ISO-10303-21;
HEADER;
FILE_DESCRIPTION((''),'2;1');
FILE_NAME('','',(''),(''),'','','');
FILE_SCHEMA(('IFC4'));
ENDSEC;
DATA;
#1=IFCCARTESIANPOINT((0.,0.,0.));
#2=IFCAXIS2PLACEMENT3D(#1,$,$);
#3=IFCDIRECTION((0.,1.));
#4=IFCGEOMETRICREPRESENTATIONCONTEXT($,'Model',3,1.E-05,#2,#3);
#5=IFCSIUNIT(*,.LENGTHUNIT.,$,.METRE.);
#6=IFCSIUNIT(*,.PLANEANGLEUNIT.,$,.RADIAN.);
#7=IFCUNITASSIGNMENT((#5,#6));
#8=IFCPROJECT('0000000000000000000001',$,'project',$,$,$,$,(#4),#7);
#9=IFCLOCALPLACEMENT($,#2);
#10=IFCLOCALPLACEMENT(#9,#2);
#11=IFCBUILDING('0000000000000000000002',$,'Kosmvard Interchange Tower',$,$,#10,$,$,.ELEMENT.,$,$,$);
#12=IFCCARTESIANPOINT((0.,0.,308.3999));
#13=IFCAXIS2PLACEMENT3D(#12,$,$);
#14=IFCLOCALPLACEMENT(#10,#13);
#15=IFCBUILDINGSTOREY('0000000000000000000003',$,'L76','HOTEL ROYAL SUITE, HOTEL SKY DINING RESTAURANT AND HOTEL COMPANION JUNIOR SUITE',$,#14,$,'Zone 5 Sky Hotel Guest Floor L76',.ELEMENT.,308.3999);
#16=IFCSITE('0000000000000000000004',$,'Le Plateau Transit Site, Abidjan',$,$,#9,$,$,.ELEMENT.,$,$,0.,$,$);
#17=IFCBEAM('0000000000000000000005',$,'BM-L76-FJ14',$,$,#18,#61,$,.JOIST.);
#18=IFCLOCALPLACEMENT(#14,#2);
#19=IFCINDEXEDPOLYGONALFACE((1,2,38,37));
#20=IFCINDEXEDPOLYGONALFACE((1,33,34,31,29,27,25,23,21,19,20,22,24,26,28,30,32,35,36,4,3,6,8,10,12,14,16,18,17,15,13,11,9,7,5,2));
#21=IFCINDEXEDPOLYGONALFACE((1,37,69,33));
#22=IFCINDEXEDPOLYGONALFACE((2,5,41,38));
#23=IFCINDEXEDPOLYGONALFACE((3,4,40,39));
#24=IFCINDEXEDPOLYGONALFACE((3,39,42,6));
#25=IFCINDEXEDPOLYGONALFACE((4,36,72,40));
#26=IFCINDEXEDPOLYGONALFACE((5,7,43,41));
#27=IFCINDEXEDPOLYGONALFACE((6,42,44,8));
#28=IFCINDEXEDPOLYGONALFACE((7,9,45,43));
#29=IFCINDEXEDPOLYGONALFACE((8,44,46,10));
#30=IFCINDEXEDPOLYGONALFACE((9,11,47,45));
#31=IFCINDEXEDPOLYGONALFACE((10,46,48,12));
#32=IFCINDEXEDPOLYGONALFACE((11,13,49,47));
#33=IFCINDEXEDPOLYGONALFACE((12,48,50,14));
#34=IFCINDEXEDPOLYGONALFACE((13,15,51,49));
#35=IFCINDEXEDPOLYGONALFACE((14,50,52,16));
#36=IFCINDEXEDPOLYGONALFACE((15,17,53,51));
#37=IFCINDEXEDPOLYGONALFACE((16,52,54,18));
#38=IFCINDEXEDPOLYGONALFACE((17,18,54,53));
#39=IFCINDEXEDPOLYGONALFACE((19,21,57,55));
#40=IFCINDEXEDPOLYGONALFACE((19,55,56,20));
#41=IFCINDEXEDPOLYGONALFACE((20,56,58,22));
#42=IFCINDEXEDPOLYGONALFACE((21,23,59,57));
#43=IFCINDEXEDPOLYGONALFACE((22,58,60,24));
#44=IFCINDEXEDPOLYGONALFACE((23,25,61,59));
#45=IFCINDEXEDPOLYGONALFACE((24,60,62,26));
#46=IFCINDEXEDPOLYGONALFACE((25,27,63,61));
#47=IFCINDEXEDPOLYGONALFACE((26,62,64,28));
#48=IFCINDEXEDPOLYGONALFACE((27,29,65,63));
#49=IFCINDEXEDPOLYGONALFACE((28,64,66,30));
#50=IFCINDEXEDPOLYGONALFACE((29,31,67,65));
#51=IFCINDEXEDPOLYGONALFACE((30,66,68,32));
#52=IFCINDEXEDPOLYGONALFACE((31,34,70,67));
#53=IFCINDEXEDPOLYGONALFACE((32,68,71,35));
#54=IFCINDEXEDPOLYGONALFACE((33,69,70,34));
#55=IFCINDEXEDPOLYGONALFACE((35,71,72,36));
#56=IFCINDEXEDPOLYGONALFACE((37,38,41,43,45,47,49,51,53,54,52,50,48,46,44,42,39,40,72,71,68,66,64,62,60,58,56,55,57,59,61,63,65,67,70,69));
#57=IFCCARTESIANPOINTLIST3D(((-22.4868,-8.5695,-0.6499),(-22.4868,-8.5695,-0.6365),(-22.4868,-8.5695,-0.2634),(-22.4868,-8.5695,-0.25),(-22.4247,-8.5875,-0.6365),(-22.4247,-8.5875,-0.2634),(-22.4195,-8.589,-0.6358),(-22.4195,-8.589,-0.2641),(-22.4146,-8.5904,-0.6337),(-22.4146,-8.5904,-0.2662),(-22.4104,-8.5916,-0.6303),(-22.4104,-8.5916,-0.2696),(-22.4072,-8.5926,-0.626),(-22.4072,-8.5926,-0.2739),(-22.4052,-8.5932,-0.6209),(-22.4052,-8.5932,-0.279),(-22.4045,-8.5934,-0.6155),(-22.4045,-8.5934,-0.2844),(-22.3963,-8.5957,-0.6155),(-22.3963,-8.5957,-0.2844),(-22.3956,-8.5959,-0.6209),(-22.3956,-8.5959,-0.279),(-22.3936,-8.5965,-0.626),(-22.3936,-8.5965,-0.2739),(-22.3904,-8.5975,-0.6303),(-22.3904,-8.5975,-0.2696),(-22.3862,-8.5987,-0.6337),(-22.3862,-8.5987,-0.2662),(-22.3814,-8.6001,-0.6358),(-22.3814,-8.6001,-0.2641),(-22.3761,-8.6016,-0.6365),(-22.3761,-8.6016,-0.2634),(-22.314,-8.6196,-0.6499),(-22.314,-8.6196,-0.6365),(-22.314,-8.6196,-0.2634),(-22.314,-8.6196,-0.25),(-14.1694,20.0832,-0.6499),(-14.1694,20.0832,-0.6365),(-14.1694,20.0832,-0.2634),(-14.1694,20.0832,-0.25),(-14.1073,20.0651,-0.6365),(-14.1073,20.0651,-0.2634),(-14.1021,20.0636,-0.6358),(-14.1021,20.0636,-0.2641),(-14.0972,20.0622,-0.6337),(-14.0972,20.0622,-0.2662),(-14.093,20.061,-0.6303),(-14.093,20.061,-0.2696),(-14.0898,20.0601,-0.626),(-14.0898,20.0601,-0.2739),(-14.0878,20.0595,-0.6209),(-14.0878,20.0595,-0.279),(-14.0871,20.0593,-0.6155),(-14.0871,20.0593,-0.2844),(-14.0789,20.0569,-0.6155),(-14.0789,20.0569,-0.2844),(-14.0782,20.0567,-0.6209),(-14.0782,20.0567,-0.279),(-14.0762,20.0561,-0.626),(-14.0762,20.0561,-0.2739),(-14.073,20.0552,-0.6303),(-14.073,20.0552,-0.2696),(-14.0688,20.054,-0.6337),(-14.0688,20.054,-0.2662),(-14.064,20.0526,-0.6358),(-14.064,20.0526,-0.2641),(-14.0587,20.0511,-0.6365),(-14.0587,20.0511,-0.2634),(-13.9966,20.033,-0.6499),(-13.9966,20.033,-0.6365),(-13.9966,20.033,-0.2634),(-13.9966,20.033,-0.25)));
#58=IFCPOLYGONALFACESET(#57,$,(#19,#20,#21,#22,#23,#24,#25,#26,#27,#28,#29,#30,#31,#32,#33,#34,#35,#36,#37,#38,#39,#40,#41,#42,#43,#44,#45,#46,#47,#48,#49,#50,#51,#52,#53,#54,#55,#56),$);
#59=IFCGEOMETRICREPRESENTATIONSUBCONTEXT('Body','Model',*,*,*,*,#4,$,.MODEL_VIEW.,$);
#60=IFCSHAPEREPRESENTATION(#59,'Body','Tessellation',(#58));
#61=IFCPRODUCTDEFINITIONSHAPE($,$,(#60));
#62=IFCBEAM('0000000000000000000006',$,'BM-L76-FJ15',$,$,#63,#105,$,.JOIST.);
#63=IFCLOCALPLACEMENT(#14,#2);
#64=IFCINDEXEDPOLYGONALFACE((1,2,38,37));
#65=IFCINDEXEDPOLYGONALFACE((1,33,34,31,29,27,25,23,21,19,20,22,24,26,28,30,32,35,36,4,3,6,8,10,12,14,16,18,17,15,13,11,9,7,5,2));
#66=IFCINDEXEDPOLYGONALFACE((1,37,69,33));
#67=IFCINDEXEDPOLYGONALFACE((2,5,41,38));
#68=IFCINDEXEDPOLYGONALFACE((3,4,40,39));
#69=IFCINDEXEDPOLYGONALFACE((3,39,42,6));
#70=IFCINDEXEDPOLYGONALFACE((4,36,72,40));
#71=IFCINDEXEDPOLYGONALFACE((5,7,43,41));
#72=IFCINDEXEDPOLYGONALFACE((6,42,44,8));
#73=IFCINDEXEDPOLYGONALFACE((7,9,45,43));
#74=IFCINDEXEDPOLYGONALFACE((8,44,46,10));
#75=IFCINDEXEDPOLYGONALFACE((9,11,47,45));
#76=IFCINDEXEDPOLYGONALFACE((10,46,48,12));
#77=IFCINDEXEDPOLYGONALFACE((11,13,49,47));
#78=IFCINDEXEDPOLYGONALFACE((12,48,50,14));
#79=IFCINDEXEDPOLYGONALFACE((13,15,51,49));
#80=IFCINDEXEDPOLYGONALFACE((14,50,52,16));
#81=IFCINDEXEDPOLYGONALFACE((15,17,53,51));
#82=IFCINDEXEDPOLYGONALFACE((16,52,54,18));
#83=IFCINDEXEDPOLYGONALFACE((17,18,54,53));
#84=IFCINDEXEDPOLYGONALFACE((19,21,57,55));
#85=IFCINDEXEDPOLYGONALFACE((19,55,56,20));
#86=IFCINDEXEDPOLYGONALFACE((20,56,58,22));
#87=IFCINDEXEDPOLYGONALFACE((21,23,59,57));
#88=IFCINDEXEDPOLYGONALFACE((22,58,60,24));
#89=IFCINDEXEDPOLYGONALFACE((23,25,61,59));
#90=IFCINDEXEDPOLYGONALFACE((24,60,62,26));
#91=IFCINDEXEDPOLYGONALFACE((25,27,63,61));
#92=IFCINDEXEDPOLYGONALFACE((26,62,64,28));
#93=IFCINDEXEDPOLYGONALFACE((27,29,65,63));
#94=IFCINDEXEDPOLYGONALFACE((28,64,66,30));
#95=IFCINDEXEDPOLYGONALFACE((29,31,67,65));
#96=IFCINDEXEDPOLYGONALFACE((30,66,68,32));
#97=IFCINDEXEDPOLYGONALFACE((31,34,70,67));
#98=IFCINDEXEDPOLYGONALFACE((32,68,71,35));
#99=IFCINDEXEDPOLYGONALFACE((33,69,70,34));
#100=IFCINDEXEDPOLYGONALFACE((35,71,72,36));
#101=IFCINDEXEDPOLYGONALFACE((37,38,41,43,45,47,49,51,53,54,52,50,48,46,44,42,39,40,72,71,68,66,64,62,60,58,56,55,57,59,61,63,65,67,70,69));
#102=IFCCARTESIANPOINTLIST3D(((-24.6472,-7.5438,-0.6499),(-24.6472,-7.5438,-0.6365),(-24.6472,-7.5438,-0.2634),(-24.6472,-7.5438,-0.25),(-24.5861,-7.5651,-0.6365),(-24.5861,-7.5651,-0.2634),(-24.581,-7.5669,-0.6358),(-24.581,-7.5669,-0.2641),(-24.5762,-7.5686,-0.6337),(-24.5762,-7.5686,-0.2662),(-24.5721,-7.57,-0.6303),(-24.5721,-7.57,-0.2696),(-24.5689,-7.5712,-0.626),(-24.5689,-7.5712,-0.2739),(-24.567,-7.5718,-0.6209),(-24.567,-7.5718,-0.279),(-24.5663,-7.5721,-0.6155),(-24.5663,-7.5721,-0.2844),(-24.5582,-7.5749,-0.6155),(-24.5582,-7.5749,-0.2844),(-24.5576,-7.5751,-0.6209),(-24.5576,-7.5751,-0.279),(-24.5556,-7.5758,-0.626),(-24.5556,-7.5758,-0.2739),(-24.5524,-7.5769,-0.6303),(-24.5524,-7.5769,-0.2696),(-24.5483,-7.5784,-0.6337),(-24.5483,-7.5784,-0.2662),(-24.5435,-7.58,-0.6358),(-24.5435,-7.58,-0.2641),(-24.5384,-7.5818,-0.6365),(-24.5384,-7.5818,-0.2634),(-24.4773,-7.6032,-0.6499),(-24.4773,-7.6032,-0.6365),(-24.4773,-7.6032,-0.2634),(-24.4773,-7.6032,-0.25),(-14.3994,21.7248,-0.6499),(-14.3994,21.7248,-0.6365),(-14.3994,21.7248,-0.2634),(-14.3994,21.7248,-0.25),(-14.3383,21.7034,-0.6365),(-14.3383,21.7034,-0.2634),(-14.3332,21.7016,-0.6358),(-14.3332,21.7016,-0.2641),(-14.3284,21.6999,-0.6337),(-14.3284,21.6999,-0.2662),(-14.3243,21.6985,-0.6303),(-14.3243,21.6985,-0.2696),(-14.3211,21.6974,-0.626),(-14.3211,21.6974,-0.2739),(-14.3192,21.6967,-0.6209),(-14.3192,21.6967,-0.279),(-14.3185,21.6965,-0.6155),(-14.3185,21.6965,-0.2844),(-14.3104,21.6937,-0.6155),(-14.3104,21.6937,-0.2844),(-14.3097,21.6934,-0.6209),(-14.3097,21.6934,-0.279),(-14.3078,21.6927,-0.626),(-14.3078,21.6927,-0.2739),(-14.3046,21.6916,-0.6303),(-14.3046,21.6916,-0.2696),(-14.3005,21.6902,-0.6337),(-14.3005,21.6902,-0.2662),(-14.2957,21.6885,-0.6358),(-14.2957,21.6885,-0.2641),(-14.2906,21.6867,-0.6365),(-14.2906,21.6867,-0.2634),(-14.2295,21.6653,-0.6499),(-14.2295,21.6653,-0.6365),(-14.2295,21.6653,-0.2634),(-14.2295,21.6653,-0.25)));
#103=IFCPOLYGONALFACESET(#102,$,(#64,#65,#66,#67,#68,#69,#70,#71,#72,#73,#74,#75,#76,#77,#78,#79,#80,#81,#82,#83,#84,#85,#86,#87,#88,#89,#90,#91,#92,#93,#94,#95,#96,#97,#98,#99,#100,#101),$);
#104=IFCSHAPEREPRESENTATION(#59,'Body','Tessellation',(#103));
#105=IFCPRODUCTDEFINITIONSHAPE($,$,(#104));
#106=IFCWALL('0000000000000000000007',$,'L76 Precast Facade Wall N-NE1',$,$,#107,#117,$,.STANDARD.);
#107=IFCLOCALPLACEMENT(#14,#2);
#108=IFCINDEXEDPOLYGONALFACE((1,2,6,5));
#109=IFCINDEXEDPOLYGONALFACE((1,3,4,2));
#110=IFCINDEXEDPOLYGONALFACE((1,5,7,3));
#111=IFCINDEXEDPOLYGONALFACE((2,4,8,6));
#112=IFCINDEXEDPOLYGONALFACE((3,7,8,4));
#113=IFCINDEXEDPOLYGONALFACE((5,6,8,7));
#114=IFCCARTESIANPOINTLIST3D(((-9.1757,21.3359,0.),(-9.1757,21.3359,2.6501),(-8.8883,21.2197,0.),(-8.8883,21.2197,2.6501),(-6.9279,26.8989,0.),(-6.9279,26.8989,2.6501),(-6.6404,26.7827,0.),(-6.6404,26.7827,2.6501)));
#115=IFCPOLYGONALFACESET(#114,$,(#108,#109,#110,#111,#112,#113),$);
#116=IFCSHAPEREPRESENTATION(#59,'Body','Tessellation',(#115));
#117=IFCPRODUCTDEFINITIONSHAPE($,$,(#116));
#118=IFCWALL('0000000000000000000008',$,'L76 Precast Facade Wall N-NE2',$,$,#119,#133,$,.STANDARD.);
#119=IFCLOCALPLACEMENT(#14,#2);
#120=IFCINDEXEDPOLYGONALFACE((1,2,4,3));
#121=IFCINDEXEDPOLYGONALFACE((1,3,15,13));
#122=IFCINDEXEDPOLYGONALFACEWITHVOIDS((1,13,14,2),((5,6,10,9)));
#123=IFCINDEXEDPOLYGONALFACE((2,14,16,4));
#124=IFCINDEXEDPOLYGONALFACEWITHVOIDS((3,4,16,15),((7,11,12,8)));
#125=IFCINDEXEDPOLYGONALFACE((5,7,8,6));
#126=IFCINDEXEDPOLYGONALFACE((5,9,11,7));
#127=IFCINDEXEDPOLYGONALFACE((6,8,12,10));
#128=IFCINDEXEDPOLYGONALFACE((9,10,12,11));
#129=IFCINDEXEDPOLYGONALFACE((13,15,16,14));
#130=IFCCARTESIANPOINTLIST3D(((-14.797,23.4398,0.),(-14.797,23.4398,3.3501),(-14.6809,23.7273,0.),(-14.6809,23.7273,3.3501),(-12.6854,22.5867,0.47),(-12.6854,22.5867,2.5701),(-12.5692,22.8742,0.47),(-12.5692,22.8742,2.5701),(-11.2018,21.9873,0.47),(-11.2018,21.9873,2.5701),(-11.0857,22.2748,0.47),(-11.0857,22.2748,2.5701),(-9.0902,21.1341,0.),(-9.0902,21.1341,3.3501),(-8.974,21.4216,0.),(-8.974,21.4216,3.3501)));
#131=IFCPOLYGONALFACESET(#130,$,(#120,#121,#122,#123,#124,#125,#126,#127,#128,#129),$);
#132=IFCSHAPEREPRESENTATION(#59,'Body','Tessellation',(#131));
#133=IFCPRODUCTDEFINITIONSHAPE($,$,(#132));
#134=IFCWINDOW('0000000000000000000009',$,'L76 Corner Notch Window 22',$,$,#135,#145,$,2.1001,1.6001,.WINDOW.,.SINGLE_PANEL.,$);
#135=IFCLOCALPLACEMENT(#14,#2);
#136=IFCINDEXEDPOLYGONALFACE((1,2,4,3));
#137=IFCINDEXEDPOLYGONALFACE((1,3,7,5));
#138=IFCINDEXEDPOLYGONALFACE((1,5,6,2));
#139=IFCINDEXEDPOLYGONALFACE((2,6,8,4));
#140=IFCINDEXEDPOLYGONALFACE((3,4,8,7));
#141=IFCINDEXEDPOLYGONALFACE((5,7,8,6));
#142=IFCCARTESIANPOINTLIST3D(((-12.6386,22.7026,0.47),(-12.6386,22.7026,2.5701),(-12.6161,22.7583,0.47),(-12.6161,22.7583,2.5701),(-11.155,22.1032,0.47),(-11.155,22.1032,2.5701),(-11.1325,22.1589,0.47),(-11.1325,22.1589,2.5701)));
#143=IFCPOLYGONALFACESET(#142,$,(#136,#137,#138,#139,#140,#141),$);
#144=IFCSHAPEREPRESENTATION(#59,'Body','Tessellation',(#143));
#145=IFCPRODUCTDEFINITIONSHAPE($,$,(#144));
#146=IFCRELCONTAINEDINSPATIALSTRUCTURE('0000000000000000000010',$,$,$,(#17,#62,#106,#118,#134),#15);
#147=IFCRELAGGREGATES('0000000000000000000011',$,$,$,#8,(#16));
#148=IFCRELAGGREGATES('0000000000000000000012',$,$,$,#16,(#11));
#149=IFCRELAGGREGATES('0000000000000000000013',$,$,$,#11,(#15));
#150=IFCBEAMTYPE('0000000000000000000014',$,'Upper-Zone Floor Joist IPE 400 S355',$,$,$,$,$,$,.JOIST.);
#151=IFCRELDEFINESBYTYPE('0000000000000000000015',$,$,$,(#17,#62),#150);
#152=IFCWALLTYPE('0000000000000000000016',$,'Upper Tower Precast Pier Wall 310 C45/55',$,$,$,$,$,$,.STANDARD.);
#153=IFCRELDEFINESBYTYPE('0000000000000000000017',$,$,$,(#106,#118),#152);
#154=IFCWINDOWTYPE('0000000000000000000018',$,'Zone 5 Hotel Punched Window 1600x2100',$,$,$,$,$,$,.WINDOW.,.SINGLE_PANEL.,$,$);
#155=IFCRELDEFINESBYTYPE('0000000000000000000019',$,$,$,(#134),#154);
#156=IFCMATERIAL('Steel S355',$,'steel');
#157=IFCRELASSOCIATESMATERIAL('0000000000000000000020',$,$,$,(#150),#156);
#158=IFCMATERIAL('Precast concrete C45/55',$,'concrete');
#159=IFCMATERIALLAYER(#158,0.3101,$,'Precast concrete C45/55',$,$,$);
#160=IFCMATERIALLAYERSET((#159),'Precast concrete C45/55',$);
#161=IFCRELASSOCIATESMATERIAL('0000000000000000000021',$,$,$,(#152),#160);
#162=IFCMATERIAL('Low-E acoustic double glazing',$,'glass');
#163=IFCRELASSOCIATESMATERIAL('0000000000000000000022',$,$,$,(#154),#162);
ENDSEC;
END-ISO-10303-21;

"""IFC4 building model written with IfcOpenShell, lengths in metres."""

from ifc_helpers import new_model, si_unit, direction, frame, frame_2d, origin, origin_2d, place, context, subcontext, project, spatial, rectangle, i_section, extrude, source, transform, mapped, material, layer, layer_set, material_profile, profile_set, type_object, element, fill, save


model = new_model("IFC4")

# Units and contexts
model_context = context("Model", 3, precision=1e-05, world=origin(), true_north=direction((0.0, 1.0)))
body_context = subcontext(model_context, "Body", "Model", "MODEL_VIEW")
ifc_project = project(units=[si_unit("LENGTHUNIT", "METRE"), si_unit("PLANEANGLEUNIT", "RADIAN")], contexts=[model_context])

# Site, building, storey
site_placement = place(None, origin())
site = spatial("IfcSite", under=ifc_project, at=site_placement, Name="Le Plateau Transit Site, Abidjan", CompositionType="ELEMENT", RefElevation=0.0)
building_placement = place(site_placement, origin())
building = spatial("IfcBuilding", under=site, at=building_placement, Name="Kosmvard Interchange Tower", CompositionType="ELEMENT")
storey_placement = place(building_placement, frame((0.0, 0.0, 308.3999)))
storey = spatial("IfcBuildingStorey", under=building, at=storey_placement, Name="L76", Description="HOTEL ROYAL SUITE, HOTEL SKY DINING RESTAURANT AND HOTEL COMPANION JUNIOR SUITE", LongName="Zone 5 Sky Hotel Guest Floor L76", CompositionType="ELEMENT", Elevation=308.3999)

# Beams
ifc_material_1 = material(Name="Steel S355", Category="steel")
ifc_material_2 = material(Name="Precast concrete C45/55", Category="concrete")
ifc_material_profile_1 = material_profile(ifc_material_1, i_section(OverallWidth=0.1799, OverallDepth=0.3999, WebThickness=0.0085, FlangeThickness=0.0134, FilletRadius=0.021, at=origin_2d()), Name="IPE 400")
ifc_profile_set_1 = profile_set([ifc_material_profile_1], Name="Steel S355")
beam_type_1 = type_object("IfcBeamType", Name="Upper-Zone Floor Joist IPE 400 S355", PredefinedType="JOIST", material=ifc_profile_set_1)
shared_shape_1 = source(origin(), body_context, "Body", "SweptSolid", [
    extrude(i_section(OverallWidth=0.1799, OverallDepth=0.3999, WebThickness=0.0085, FlangeThickness=0.0134, FilletRadius=0.021, at=origin_2d()), origin(), (0.0, 0.0, 1.0), 29.8354),
])
beam_1_placement = place(storey_placement, frame((-14.083, 20.0581, -0.45), z_axis=(-0.278776, -0.960356, 0.0), x_axis=(0.960356, -0.278776, 0.0)))
element("IfcBeam", 1, at=beam_1_placement, inside=storey, type_object=beam_type_1, Name="BM-L76-FJ14", PredefinedType="JOIST", context=body_context, shape_type="MappedRepresentation", body=[
    mapped(shared_shape_1, transform((0.0, 0.0, 0.0), scale=1.0)),
])
shared_shape_2 = source(origin(), body_context, "Body", "SweptSolid", [
    extrude(i_section(OverallWidth=0.1799, OverallDepth=0.3999, WebThickness=0.0085, FlangeThickness=0.0134, FilletRadius=0.021, at=origin_2d()), origin(), (0.0, 0.0, 1.0), 31.0107),
])
beam_2_placement = place(storey_placement, frame((-14.3145, 21.6951, -0.45), z_axis=(-0.33046, -0.94382, 0.0), x_axis=(0.94382, -0.33046, 0.0)))
element("IfcBeam", 2, at=beam_2_placement, inside=storey, type_object=beam_type_1, Name="BM-L76-FJ15", PredefinedType="JOIST", context=body_context, shape_type="MappedRepresentation", body=[
    mapped(shared_shape_2, transform((0.0, 0.0, 0.0), scale=1.0)),
])

# Wall
ifc_layer_1 = layer(ifc_material_2, 0.3101, Name="Precast concrete C45/55")
ifc_layer_set_1 = layer_set([ifc_layer_1], Name="Precast concrete C45/55")
wall_type = type_object("IfcWallType", Name="Upper Tower Precast Pier Wall 310 C45/55", PredefinedType="STANDARD", material=ifc_layer_set_1)
wall_1_placement = place(storey_placement, frame((-6.7842, 26.8408, 0.0), z_axis=(0.0, 0.0, 1.0), x_axis=(-0.374637, -0.927172, 0.0)))
element("IfcWall", 3, at=wall_1_placement, inside=storey, type_object=wall_type, Name="L76 Precast Facade Wall N-NE1", PredefinedType="STANDARD", context=body_context, shape_type="SweptSolid", body=[
    extrude(rectangle(XDim=6.0, YDim=0.3101, at=frame_2d((3.0, 0.0))), origin(), (0.0, 0.0, 1.0), 2.6501),
])

# Wall, opening, window
wall_2_placement = place(storey_placement, frame((-9.032, 21.2778, 0.0), z_axis=(0.0, 0.0, 1.0), x_axis=(-0.927185, 0.374603, 0.0)))
wall_2 = element("IfcWall", 4, at=wall_2_placement, inside=storey, type_object=wall_type, Name="L76 Precast Facade Wall N-NE2", PredefinedType="STANDARD", context=body_context, shape_type="SweptSolid", body=[
    extrude(rectangle(XDim=6.155, YDim=0.3101, at=frame_2d((3.0776, 0.0))), origin(), (0.0, 0.0, 1.0), 3.3501),
])
opening_1_placement = place(wall_2_placement, frame((2.2776, 0.0, 0.47)))
opening_1 = element("IfcOpeningElement", 5, at=opening_1_placement, cuts=wall_2, PredefinedType="OPENING", context=body_context, shape_type="SweptSolid", body=[
    extrude(rectangle(XDim=1.6001, YDim=2.1001, at=frame_2d((0.8, 1.05))), frame((0.0, 0.165, 0.0), z_axis=(0.0, -1.0, 0.0), x_axis=(1.0, 0.0, 0.0)), (0.0, 0.0, 1.0), 0.3301),
])
ifc_material_3 = material(Name="Low-E acoustic double glazing", Category="glass")
window_type = type_object("IfcWindowType", Name="Zone 5 Hotel Punched Window 1600x2100", PartitioningType="SINGLE_PANEL", PredefinedType="WINDOW", material=ifc_material_3)
shared_shape_3 = source(origin(), body_context, "Body", "SweptSolid", [
    extrude(rectangle(XDim=1.6001, YDim=2.1001, at=frame_2d((0.8, 1.05))), frame((0.0, 0.03, 0.0), z_axis=(0.0, -1.0, 0.0), x_axis=(1.0, 0.0, 0.0)), (0.0, 0.0, 1.0), 0.0601),
])
window_1_placement = place(opening_1_placement, origin())
window_1 = element("IfcWindow", 6, at=window_1_placement, inside=storey, type_object=window_type, Name="L76 Corner Notch Window 22", OverallHeight=2.1001, OverallWidth=1.6001, PartitioningType="SINGLE_PANEL", PredefinedType="WINDOW", context=body_context, shape_type="MappedRepresentation", body=[
    mapped(shared_shape_3, transform((0.0, 0.0, 0.0), scale=1.0)),
])
fill(opening_1, window_1)

save(model, "model.ifc")
